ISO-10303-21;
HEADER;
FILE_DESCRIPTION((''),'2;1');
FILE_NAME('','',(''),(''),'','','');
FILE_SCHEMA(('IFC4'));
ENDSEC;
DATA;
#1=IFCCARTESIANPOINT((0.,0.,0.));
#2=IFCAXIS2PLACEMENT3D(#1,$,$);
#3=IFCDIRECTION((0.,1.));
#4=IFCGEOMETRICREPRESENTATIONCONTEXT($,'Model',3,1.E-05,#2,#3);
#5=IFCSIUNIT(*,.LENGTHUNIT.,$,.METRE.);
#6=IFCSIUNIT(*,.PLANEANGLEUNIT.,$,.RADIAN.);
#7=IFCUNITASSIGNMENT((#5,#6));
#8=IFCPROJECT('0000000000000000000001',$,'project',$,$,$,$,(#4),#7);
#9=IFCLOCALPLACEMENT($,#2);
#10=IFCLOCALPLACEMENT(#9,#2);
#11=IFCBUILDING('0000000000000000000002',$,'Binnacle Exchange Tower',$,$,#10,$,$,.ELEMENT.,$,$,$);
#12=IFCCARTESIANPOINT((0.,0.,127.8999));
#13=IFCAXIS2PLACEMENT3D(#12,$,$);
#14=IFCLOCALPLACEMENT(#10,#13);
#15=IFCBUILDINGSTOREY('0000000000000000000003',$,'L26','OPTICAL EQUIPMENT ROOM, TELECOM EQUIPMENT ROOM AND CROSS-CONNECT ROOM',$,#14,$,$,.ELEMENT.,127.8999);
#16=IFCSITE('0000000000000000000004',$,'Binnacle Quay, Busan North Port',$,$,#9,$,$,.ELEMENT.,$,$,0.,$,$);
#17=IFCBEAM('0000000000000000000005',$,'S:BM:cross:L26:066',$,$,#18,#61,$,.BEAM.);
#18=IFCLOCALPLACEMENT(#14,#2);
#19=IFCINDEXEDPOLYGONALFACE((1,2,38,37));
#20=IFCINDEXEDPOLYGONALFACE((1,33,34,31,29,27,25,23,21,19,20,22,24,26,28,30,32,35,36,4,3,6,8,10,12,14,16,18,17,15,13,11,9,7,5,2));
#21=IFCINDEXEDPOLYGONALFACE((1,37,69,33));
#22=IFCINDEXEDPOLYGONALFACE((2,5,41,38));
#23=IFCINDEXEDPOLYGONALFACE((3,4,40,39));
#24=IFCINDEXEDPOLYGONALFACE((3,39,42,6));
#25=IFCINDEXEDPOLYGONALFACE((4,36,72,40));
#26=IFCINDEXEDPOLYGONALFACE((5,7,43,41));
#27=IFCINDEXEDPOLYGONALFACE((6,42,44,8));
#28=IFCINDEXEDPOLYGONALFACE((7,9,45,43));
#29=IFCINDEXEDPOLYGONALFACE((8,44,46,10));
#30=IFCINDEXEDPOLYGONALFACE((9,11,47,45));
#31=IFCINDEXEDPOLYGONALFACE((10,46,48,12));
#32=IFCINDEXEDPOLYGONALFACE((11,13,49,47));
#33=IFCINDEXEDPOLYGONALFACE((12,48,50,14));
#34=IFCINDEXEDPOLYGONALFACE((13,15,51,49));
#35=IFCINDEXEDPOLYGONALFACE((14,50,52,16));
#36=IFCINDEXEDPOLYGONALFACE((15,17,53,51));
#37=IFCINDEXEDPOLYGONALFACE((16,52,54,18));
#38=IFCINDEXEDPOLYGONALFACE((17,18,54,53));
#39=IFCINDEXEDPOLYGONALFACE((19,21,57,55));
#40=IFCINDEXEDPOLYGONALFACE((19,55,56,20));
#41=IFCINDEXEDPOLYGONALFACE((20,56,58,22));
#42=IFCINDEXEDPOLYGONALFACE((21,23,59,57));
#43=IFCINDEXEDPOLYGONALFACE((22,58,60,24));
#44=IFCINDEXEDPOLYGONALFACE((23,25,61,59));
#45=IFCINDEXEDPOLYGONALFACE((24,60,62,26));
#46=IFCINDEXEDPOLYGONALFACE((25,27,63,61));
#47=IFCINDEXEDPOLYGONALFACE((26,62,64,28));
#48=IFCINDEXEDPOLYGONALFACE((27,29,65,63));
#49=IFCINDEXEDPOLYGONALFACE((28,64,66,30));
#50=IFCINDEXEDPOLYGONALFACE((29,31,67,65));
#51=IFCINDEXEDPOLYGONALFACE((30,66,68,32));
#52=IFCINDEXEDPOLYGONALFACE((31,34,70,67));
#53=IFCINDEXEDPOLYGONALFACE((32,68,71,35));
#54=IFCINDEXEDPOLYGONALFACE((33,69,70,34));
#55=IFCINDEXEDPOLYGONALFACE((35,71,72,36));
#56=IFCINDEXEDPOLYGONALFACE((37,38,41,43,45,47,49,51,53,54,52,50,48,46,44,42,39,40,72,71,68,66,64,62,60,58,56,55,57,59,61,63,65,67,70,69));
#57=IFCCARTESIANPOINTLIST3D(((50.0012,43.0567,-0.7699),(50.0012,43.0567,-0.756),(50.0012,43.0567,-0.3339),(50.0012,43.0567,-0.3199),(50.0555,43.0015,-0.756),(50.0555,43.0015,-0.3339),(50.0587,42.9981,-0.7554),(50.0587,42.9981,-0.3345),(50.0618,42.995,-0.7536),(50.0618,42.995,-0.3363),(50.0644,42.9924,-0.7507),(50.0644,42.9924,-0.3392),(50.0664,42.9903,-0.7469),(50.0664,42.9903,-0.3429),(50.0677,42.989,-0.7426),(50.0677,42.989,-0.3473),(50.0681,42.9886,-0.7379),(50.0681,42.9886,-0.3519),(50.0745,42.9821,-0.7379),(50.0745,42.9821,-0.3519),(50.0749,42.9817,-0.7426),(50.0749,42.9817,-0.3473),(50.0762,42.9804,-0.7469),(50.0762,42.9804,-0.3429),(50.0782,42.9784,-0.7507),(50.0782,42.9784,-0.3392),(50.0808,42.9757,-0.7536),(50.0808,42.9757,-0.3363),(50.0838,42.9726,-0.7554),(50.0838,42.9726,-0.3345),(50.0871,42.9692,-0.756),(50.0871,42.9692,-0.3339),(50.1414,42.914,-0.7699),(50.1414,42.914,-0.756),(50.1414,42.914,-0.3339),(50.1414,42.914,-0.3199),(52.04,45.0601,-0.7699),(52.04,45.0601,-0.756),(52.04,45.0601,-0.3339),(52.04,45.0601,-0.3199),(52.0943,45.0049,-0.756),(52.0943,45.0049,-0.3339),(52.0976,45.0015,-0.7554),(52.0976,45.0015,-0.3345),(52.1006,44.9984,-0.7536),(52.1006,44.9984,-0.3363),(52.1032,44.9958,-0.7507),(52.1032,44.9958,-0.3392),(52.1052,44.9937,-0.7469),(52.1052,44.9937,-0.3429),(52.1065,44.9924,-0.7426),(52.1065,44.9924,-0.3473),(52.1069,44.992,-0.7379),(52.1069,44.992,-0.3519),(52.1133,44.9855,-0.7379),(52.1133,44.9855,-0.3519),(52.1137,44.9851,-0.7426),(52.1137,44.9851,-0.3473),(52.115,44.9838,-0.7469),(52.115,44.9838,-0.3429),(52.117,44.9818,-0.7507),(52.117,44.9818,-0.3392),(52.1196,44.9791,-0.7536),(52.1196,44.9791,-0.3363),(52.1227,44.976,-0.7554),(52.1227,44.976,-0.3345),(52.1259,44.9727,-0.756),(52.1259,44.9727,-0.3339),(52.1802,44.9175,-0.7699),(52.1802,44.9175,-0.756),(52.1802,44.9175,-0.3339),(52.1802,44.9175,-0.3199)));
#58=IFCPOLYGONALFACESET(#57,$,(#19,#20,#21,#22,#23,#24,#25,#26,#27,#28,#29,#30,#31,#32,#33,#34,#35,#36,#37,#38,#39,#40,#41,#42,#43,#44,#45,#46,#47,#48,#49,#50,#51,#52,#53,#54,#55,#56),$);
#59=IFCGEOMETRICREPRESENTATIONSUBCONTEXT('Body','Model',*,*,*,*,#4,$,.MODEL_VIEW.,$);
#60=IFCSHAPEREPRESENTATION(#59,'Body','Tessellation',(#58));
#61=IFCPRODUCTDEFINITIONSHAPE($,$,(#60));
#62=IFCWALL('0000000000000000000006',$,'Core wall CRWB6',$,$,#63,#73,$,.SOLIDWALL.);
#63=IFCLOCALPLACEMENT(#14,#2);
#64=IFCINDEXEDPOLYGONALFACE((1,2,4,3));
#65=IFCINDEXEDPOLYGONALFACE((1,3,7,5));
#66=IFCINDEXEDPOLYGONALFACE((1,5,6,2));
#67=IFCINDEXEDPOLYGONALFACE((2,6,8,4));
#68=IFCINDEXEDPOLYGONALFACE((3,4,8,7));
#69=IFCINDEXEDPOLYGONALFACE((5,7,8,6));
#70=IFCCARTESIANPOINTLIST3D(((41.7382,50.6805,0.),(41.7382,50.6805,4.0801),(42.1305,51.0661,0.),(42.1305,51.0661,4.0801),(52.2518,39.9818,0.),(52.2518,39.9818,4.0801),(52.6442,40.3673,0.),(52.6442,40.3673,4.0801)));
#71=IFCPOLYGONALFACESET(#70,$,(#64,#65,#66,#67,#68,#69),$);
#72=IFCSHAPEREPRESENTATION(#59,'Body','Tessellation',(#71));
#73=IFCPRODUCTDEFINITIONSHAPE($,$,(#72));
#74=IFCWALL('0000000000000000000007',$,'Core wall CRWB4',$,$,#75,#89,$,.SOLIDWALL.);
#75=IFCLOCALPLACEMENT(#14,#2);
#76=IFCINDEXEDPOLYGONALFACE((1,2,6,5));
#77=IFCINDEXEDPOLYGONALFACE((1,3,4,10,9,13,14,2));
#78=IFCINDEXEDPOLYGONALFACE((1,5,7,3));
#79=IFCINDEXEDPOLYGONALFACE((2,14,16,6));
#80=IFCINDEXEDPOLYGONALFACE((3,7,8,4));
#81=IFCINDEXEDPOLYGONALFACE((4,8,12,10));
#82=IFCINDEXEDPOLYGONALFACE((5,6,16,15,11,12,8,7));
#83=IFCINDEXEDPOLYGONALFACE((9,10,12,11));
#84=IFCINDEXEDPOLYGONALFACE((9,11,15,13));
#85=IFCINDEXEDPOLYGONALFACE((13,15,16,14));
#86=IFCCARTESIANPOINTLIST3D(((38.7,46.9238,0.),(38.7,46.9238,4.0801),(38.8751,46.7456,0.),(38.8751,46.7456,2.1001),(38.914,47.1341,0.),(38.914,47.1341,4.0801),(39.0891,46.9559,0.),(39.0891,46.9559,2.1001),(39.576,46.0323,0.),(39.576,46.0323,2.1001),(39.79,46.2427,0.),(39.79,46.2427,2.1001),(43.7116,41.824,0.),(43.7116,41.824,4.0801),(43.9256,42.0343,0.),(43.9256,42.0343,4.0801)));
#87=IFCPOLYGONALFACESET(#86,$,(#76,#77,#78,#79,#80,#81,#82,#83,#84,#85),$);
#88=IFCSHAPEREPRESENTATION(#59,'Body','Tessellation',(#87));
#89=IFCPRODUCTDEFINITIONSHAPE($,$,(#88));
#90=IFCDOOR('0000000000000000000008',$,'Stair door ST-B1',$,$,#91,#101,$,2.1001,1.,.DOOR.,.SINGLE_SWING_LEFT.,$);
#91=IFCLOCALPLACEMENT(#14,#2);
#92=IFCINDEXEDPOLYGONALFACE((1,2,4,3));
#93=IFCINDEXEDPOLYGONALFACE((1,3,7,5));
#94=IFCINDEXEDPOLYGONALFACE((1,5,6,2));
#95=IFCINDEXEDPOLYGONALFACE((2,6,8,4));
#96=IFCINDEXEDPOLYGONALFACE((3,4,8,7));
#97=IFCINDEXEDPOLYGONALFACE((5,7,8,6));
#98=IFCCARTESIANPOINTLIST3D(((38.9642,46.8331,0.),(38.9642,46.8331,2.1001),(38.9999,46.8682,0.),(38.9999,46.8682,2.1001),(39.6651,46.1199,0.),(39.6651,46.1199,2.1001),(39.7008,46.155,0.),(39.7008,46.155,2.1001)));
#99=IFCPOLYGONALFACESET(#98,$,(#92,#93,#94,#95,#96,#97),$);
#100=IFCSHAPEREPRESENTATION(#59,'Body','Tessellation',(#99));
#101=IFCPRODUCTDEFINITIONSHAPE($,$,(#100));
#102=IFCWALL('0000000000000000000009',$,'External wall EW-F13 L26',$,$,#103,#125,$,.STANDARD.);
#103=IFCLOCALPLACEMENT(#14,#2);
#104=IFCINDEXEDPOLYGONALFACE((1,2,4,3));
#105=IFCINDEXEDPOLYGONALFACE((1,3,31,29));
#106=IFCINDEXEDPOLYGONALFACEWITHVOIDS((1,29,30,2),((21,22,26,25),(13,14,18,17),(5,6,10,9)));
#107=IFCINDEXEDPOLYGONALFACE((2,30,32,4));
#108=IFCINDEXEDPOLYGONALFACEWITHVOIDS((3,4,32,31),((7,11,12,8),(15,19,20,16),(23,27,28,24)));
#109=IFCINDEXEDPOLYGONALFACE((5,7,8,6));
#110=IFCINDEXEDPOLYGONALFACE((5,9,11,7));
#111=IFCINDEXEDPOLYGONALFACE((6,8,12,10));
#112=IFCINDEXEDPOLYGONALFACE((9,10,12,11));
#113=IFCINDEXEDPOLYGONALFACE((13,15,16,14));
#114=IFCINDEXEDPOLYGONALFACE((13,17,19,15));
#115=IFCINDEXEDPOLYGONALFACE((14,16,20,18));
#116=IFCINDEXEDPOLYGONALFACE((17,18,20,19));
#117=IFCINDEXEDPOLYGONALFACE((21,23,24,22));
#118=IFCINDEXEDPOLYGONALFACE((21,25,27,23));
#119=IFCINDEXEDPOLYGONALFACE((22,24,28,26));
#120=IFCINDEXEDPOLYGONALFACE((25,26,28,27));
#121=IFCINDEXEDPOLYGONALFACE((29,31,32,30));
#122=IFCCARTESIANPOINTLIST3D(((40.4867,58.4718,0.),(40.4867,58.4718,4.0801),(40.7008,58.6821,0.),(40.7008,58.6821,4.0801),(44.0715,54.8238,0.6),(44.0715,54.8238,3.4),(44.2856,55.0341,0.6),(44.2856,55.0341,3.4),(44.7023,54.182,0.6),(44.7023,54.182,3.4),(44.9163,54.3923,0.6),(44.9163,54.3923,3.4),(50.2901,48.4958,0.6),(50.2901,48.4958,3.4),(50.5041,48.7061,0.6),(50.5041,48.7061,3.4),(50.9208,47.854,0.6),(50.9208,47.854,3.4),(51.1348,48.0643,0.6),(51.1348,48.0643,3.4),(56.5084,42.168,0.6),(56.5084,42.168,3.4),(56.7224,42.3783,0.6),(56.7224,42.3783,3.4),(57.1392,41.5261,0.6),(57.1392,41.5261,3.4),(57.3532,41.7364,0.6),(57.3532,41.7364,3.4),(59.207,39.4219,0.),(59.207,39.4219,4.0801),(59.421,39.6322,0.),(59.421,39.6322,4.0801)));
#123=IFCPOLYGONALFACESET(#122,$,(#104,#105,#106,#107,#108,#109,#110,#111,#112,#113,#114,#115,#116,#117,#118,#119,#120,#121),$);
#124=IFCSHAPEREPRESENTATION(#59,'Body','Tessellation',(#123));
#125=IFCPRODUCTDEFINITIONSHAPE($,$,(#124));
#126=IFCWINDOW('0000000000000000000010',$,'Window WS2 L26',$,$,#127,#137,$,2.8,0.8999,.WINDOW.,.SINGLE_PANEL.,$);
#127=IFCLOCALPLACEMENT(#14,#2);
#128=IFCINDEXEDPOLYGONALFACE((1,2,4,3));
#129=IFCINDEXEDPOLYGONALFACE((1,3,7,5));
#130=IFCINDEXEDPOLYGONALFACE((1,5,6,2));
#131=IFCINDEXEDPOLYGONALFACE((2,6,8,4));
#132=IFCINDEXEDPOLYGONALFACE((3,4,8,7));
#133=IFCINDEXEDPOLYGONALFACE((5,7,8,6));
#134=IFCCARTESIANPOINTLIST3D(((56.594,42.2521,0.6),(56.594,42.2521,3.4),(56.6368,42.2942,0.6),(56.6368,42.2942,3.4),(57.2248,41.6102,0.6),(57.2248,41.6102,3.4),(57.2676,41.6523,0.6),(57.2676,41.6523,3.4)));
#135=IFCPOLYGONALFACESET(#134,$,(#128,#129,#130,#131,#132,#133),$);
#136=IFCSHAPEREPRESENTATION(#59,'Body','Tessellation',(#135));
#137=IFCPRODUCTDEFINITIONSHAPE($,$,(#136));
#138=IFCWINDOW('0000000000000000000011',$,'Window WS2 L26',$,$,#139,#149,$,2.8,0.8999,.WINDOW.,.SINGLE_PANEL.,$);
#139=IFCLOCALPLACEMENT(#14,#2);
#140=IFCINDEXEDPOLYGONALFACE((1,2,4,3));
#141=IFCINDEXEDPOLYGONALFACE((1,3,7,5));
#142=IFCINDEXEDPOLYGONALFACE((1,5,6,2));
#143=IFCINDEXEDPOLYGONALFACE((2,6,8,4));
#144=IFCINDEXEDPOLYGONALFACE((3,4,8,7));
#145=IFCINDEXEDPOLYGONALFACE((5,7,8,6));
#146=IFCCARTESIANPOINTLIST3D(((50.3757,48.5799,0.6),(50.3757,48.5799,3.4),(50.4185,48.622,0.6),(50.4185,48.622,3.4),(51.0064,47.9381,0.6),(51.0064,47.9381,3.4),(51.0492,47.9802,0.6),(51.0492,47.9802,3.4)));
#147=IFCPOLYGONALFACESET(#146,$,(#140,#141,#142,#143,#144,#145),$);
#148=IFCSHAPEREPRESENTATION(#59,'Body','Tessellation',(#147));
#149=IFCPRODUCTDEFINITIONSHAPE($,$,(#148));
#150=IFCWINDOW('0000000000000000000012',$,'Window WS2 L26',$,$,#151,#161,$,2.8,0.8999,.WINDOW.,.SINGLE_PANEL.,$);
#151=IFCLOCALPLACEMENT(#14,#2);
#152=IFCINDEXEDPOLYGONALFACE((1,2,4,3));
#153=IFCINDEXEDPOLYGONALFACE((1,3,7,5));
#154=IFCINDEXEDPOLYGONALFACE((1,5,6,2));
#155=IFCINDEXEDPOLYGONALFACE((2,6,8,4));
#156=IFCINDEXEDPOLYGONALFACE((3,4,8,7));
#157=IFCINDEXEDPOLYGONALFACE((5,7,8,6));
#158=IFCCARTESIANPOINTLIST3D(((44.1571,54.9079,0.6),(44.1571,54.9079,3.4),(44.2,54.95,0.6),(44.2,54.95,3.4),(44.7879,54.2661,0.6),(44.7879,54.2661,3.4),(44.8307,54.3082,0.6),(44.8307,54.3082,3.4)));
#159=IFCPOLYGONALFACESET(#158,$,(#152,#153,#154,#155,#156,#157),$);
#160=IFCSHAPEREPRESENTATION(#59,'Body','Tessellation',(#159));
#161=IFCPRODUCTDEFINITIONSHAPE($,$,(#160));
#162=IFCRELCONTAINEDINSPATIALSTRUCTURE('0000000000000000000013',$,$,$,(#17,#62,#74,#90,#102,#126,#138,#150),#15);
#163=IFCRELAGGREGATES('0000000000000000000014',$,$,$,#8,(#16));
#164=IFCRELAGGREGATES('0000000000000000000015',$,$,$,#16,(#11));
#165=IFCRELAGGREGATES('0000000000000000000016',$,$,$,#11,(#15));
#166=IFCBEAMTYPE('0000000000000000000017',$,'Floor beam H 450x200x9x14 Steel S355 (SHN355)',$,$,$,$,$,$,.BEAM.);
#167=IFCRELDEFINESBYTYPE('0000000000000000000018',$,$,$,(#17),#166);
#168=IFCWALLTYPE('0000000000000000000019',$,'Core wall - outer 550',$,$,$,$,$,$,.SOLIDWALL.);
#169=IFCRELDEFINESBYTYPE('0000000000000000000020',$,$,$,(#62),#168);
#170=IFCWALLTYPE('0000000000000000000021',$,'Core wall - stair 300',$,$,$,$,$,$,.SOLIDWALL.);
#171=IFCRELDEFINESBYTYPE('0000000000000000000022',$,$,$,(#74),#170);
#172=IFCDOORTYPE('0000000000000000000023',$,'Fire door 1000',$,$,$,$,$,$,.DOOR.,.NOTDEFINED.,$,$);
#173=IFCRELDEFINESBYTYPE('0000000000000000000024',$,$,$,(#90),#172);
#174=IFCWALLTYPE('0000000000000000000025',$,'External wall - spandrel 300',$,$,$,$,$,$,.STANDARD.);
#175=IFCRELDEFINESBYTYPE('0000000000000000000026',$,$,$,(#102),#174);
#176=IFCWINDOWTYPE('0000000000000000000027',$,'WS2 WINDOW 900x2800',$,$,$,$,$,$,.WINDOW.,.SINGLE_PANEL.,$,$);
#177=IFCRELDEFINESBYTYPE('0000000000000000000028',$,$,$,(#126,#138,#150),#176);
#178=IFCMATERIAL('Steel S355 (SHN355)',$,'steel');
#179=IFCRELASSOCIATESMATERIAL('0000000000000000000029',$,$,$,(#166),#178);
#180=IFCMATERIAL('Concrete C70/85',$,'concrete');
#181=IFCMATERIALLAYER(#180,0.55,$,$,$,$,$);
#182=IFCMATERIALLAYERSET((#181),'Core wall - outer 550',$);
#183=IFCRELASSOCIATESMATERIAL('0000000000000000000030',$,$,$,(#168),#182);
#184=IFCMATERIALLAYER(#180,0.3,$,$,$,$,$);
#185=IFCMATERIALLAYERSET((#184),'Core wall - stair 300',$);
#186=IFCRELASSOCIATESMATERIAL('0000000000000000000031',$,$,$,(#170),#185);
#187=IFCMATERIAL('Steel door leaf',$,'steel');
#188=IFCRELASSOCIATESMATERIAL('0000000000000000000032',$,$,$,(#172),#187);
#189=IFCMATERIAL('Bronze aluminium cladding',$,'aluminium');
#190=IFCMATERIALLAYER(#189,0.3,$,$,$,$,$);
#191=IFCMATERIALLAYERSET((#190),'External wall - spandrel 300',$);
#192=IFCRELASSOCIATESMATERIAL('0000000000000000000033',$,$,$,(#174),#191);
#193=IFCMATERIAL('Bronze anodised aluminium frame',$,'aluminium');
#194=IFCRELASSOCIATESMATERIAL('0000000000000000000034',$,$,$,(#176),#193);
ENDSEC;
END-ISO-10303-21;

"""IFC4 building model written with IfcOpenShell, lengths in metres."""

from ifc_helpers import new_model, si_unit, direction, frame, frame_2d, origin, origin_2d, place, context, subcontext, project, spatial, rectangle, i_section, extrude, material, layer, layer_set, material_profile, profile_set, type_object, element, fill, save


model = new_model("IFC4")

# Units and contexts
model_context = context("Model", 3, precision=1e-05, world=origin(), true_north=direction((0.0, 1.0)))
body_context = subcontext(model_context, "Body", "Model", "MODEL_VIEW")
ifc_project = project(units=[si_unit("LENGTHUNIT", "METRE"), si_unit("PLANEANGLEUNIT", "RADIAN")], contexts=[model_context])

# Site, building, storey
site_placement = place(None, origin())
site = spatial("IfcSite", under=ifc_project, at=site_placement, Name="Binnacle Quay, Busan North Port", CompositionType="ELEMENT", RefElevation=0.0)
building_placement = place(site_placement, origin())
building = spatial("IfcBuilding", under=site, at=building_placement, Name="Binnacle Exchange Tower", CompositionType="ELEMENT")
storey_placement = place(building_placement, frame((0.0, 0.0, 127.8999)))
storey = spatial("IfcBuildingStorey", under=building, at=storey_placement, Name="L26", Description="OPTICAL EQUIPMENT ROOM, TELECOM EQUIPMENT ROOM AND CROSS-CONNECT ROOM", CompositionType="ELEMENT", Elevation=127.8999)

# Shared definitions
ifc_material_1 = material(Name="Concrete C70/85", Category="concrete")

# Beam
ifc_material_2 = material(Name="Steel S355 (SHN355)", Category="steel")
ifc_material_profile_1 = material_profile(ifc_material_2, i_section(OverallWidth=0.2, OverallDepth=0.45, WebThickness=0.009, FlangeThickness=0.0139, FilletRadius=0.0181, at=origin_2d()), Name="H 450x200x9x14")
ifc_profile_set_1 = profile_set([ifc_material_profile_1], Name="Steel S355 (SHN355)")
beam_type_1 = type_object("IfcBeamType", Name="Floor beam H 450x200x9x14 Steel S355 (SHN355)", PredefinedType="BEAM", material=ifc_profile_set_1)
for number, where, z_axis, x_axis, name in (
    (1, (52.1101, 44.9888, -0.5449), (-0.713272, -0.700887, 0.0), (0.700887, -0.713272, 0.0), "S:BM:cross:L26:066"),
):
    element("IfcBeam", number, at=place(storey_placement, frame(where, z_axis=z_axis, x_axis=x_axis)), inside=storey, type_object=beam_type_1, Name=name, PredefinedType="BEAM", context=body_context, shape_type="SweptSolid", body=[
        extrude(i_section(OverallWidth=0.2, OverallDepth=0.45, WebThickness=0.009, FlangeThickness=0.0139, FilletRadius=0.0181, at=origin_2d()), origin(), (0.0, 0.0, 1.0), 2.8584),
    ])

# Wall
ifc_layer_1 = layer(ifc_material_1, 0.55)
ifc_layer_set_1 = layer_set([ifc_layer_1], Name="Core wall - outer 550")
wall_type_1 = type_object("IfcWallType", Name="Core wall - outer 550", PredefinedType="SOLIDWALL", material=ifc_layer_set_1)
wall_1_placement = place(storey_placement, frame((41.9343, 50.8733, 0.0), z_axis=(0.0, 0.0, 1.0), x_axis=(0.700911, -0.713248, 0.0)))
element("IfcWall", 2, at=wall_1_placement, inside=storey, type_object=wall_type_1, Name="Core wall CRWB6", PredefinedType="SOLIDWALL", context=body_context, shape_type="SweptSolid", body=[
    extrude(rectangle(XDim=15.0, YDim=0.55, at=frame_2d((7.5, 0.0))), origin(), (0.0, 0.0, 1.0), 4.0801),
])

# Wall, opening, door
ifc_layer_2 = layer(ifc_material_1, 0.3)
ifc_layer_set_2 = layer_set([ifc_layer_2], Name="Core wall - stair 300")
wall_type_2 = type_object("IfcWallType", Name="Core wall - stair 300", PredefinedType="SOLIDWALL", material=ifc_layer_set_2)
wall_2_placement = place(storey_placement, frame((38.8069, 47.0291, 0.0), z_axis=(0.0, 0.0, 1.0), x_axis=(0.700917, -0.713243, 0.0)))
wall_2 = element("IfcWall", 3, at=wall_2_placement, inside=storey, type_object=wall_type_2, Name="Core wall CRWB4", PredefinedType="SOLIDWALL", context=body_context, shape_type="SweptSolid", body=[
    extrude(rectangle(XDim=7.1501, YDim=0.3, at=frame_2d((3.5752, 0.0))), origin(), (0.0, 0.0, 1.0), 4.0801),
])
opening_1_placement = place(wall_2_placement, frame((0.25, 0.0, 0.0)))
opening_1 = element("IfcOpeningElement", 4, at=opening_1_placement, cuts=wall_2, PredefinedType="OPENING", context=body_context, shape_type="SweptSolid", body=[
    extrude(rectangle(XDim=1.0, YDim=2.1001, at=frame_2d((0.5, 1.05))), frame((0.0, 0.1599, 0.0), z_axis=(0.0, -1.0, 0.0), x_axis=(1.0, 0.0, 0.0)), (0.0, 0.0, 1.0), 0.3201),
])
ifc_material_3 = material(Name="Steel door leaf", Category="steel")
door_type = type_object("IfcDoorType", Name="Fire door 1000", OperationType="NOTDEFINED", PredefinedType="DOOR", material=ifc_material_3)
door_placement = place(opening_1_placement, origin())
door = element("IfcDoor", 5, at=door_placement, inside=storey, type_object=door_type, Name="Stair door ST-B1", OperationType="SINGLE_SWING_LEFT", OverallHeight=2.1001, OverallWidth=1.0, PredefinedType="DOOR", context=body_context, shape_type="SweptSolid", body=[
    extrude(rectangle(XDim=1.0, YDim=2.1001, at=frame_2d((0.5, 1.05))), frame((0.0, 0.0249, 0.0), z_axis=(0.0, -1.0, 0.0), x_axis=(1.0, 0.0, 0.0)), (0.0, 0.0, 1.0), 0.05),
])
fill(opening_1, door)

# Wall, openings, windows
ifc_material_4 = material(Name="Bronze aluminium cladding", Category="aluminium")
ifc_layer_3 = layer(ifc_material_4, 0.3)
ifc_layer_set_3 = layer_set([ifc_layer_3], Name="External wall - spandrel 300")
wall_type_3 = type_object("IfcWallType", Name="External wall - spandrel 300", PredefinedType="STANDARD", material=ifc_layer_set_3)
wall_3_placement = place(storey_placement, frame((40.5938, 58.5769, 0.0), z_axis=(0.0, 0.0, 1.0), x_axis=(0.70091, -0.71325, 0.0)))
wall_3 = element("IfcWall", 6, at=wall_3_placement, inside=storey, type_object=wall_type_3, Name="External wall EW-F13 L26", PredefinedType="STANDARD", context=body_context, shape_type="SweptSolid", body=[
    extrude(rectangle(XDim=26.7085, YDim=0.3, at=frame_2d((13.3542, 0.0))), origin(), (0.0, 0.0, 1.0), 4.0801),
])
opening_2_placement = place(wall_3_placement, frame((22.8584, 0.0, 0.6001)))
opening_2 = element("IfcOpeningElement", 7, at=opening_2_placement, cuts=wall_3, PredefinedType="OPENING", context=body_context, shape_type="SweptSolid", body=[
    extrude(rectangle(XDim=0.8999, YDim=2.8, at=frame_2d((0.45, 1.3999))), frame((0.0, 0.1599, 0.0), z_axis=(0.0, -1.0, 0.0), x_axis=(1.0, 0.0, 0.0)), (0.0, 0.0, 1.0), 0.3201),
])
opening_3_placement = place(wall_3_placement, frame((13.9866, 0.0, 0.6001)))
opening_3 = element("IfcOpeningElement", 8, at=opening_3_placement, cuts=wall_3, PredefinedType="OPENING", context=body_context, shape_type="SweptSolid", body=[
    extrude(rectangle(XDim=0.8999, YDim=2.8, at=frame_2d((0.45, 1.3999))), frame((0.0, 0.1599, 0.0), z_axis=(0.0, -1.0, 0.0), x_axis=(1.0, 0.0, 0.0)), (0.0, 0.0, 1.0), 0.3201),
])
opening_4_placement = place(wall_3_placement, frame((5.1145, 0.0, 0.6001)))
opening_4 = element("IfcOpeningElement", 9, at=opening_4_placement, cuts=wall_3, PredefinedType="OPENING", context=body_context, shape_type="SweptSolid", body=[
    extrude(rectangle(XDim=0.8999, YDim=2.8, at=frame_2d((0.45, 1.3999))), frame((0.0, 0.1599, 0.0), z_axis=(0.0, -1.0, 0.0), x_axis=(1.0, 0.0, 0.0)), (0.0, 0.0, 1.0), 0.3201),
])
ifc_material_5 = material(Name="Bronze anodised aluminium frame", Category="aluminium")
window_type = type_object("IfcWindowType", Name="WS2 WINDOW 900x2800", PartitioningType="SINGLE_PANEL", PredefinedType="WINDOW", material=ifc_material_5)
window_1_placement = place(opening_2_placement, origin())
window_1 = element("IfcWindow", 10, at=window_1_placement, inside=storey, type_object=window_type, Name="Window WS2 L26", OverallHeight=2.8, OverallWidth=0.8999, PartitioningType="SINGLE_PANEL", PredefinedType="WINDOW", context=body_context, shape_type="SweptSolid", body=[
    extrude(rectangle(XDim=0.8999, YDim=2.8, at=frame_2d((0.45, 1.3999))), frame((0.0, 0.03, 0.0), z_axis=(0.0, -1.0, 0.0), x_axis=(1.0, 0.0, 0.0)), (0.0, 0.0, 1.0), 0.0601),
])
fill(opening_2, window_1)
window_2_placement = place(opening_3_placement, origin())
window_2 = element("IfcWindow", 11, at=window_2_placement, inside=storey, type_object=window_type, Name="Window WS2 L26", OverallHeight=2.8, OverallWidth=0.8999, PartitioningType="SINGLE_PANEL", PredefinedType="WINDOW", context=body_context, shape_type="SweptSolid", body=[
    extrude(rectangle(XDim=0.8999, YDim=2.8, at=frame_2d((0.45, 1.3999))), frame((0.0, 0.03, 0.0), z_axis=(0.0, -1.0, 0.0), x_axis=(1.0, 0.0, 0.0)), (0.0, 0.0, 1.0), 0.0601),
])
fill(opening_3, window_2)
window_3_placement = place(opening_4_placement, origin())
window_3 = element("IfcWindow", 12, at=window_3_placement, inside=storey, type_object=window_type, Name="Window WS2 L26", OverallHeight=2.8, OverallWidth=0.8999, PartitioningType="SINGLE_PANEL", PredefinedType="WINDOW", context=body_context, shape_type="SweptSolid", body=[
    extrude(rectangle(XDim=0.8999, YDim=2.8, at=frame_2d((0.45, 1.3999))), frame((0.0, 0.03, 0.0), z_axis=(0.0, -1.0, 0.0), x_axis=(1.0, 0.0, 0.0)), (0.0, 0.0, 1.0), 0.0601),
])
fill(opening_4, window_3)

save(model, "model.ifc")
